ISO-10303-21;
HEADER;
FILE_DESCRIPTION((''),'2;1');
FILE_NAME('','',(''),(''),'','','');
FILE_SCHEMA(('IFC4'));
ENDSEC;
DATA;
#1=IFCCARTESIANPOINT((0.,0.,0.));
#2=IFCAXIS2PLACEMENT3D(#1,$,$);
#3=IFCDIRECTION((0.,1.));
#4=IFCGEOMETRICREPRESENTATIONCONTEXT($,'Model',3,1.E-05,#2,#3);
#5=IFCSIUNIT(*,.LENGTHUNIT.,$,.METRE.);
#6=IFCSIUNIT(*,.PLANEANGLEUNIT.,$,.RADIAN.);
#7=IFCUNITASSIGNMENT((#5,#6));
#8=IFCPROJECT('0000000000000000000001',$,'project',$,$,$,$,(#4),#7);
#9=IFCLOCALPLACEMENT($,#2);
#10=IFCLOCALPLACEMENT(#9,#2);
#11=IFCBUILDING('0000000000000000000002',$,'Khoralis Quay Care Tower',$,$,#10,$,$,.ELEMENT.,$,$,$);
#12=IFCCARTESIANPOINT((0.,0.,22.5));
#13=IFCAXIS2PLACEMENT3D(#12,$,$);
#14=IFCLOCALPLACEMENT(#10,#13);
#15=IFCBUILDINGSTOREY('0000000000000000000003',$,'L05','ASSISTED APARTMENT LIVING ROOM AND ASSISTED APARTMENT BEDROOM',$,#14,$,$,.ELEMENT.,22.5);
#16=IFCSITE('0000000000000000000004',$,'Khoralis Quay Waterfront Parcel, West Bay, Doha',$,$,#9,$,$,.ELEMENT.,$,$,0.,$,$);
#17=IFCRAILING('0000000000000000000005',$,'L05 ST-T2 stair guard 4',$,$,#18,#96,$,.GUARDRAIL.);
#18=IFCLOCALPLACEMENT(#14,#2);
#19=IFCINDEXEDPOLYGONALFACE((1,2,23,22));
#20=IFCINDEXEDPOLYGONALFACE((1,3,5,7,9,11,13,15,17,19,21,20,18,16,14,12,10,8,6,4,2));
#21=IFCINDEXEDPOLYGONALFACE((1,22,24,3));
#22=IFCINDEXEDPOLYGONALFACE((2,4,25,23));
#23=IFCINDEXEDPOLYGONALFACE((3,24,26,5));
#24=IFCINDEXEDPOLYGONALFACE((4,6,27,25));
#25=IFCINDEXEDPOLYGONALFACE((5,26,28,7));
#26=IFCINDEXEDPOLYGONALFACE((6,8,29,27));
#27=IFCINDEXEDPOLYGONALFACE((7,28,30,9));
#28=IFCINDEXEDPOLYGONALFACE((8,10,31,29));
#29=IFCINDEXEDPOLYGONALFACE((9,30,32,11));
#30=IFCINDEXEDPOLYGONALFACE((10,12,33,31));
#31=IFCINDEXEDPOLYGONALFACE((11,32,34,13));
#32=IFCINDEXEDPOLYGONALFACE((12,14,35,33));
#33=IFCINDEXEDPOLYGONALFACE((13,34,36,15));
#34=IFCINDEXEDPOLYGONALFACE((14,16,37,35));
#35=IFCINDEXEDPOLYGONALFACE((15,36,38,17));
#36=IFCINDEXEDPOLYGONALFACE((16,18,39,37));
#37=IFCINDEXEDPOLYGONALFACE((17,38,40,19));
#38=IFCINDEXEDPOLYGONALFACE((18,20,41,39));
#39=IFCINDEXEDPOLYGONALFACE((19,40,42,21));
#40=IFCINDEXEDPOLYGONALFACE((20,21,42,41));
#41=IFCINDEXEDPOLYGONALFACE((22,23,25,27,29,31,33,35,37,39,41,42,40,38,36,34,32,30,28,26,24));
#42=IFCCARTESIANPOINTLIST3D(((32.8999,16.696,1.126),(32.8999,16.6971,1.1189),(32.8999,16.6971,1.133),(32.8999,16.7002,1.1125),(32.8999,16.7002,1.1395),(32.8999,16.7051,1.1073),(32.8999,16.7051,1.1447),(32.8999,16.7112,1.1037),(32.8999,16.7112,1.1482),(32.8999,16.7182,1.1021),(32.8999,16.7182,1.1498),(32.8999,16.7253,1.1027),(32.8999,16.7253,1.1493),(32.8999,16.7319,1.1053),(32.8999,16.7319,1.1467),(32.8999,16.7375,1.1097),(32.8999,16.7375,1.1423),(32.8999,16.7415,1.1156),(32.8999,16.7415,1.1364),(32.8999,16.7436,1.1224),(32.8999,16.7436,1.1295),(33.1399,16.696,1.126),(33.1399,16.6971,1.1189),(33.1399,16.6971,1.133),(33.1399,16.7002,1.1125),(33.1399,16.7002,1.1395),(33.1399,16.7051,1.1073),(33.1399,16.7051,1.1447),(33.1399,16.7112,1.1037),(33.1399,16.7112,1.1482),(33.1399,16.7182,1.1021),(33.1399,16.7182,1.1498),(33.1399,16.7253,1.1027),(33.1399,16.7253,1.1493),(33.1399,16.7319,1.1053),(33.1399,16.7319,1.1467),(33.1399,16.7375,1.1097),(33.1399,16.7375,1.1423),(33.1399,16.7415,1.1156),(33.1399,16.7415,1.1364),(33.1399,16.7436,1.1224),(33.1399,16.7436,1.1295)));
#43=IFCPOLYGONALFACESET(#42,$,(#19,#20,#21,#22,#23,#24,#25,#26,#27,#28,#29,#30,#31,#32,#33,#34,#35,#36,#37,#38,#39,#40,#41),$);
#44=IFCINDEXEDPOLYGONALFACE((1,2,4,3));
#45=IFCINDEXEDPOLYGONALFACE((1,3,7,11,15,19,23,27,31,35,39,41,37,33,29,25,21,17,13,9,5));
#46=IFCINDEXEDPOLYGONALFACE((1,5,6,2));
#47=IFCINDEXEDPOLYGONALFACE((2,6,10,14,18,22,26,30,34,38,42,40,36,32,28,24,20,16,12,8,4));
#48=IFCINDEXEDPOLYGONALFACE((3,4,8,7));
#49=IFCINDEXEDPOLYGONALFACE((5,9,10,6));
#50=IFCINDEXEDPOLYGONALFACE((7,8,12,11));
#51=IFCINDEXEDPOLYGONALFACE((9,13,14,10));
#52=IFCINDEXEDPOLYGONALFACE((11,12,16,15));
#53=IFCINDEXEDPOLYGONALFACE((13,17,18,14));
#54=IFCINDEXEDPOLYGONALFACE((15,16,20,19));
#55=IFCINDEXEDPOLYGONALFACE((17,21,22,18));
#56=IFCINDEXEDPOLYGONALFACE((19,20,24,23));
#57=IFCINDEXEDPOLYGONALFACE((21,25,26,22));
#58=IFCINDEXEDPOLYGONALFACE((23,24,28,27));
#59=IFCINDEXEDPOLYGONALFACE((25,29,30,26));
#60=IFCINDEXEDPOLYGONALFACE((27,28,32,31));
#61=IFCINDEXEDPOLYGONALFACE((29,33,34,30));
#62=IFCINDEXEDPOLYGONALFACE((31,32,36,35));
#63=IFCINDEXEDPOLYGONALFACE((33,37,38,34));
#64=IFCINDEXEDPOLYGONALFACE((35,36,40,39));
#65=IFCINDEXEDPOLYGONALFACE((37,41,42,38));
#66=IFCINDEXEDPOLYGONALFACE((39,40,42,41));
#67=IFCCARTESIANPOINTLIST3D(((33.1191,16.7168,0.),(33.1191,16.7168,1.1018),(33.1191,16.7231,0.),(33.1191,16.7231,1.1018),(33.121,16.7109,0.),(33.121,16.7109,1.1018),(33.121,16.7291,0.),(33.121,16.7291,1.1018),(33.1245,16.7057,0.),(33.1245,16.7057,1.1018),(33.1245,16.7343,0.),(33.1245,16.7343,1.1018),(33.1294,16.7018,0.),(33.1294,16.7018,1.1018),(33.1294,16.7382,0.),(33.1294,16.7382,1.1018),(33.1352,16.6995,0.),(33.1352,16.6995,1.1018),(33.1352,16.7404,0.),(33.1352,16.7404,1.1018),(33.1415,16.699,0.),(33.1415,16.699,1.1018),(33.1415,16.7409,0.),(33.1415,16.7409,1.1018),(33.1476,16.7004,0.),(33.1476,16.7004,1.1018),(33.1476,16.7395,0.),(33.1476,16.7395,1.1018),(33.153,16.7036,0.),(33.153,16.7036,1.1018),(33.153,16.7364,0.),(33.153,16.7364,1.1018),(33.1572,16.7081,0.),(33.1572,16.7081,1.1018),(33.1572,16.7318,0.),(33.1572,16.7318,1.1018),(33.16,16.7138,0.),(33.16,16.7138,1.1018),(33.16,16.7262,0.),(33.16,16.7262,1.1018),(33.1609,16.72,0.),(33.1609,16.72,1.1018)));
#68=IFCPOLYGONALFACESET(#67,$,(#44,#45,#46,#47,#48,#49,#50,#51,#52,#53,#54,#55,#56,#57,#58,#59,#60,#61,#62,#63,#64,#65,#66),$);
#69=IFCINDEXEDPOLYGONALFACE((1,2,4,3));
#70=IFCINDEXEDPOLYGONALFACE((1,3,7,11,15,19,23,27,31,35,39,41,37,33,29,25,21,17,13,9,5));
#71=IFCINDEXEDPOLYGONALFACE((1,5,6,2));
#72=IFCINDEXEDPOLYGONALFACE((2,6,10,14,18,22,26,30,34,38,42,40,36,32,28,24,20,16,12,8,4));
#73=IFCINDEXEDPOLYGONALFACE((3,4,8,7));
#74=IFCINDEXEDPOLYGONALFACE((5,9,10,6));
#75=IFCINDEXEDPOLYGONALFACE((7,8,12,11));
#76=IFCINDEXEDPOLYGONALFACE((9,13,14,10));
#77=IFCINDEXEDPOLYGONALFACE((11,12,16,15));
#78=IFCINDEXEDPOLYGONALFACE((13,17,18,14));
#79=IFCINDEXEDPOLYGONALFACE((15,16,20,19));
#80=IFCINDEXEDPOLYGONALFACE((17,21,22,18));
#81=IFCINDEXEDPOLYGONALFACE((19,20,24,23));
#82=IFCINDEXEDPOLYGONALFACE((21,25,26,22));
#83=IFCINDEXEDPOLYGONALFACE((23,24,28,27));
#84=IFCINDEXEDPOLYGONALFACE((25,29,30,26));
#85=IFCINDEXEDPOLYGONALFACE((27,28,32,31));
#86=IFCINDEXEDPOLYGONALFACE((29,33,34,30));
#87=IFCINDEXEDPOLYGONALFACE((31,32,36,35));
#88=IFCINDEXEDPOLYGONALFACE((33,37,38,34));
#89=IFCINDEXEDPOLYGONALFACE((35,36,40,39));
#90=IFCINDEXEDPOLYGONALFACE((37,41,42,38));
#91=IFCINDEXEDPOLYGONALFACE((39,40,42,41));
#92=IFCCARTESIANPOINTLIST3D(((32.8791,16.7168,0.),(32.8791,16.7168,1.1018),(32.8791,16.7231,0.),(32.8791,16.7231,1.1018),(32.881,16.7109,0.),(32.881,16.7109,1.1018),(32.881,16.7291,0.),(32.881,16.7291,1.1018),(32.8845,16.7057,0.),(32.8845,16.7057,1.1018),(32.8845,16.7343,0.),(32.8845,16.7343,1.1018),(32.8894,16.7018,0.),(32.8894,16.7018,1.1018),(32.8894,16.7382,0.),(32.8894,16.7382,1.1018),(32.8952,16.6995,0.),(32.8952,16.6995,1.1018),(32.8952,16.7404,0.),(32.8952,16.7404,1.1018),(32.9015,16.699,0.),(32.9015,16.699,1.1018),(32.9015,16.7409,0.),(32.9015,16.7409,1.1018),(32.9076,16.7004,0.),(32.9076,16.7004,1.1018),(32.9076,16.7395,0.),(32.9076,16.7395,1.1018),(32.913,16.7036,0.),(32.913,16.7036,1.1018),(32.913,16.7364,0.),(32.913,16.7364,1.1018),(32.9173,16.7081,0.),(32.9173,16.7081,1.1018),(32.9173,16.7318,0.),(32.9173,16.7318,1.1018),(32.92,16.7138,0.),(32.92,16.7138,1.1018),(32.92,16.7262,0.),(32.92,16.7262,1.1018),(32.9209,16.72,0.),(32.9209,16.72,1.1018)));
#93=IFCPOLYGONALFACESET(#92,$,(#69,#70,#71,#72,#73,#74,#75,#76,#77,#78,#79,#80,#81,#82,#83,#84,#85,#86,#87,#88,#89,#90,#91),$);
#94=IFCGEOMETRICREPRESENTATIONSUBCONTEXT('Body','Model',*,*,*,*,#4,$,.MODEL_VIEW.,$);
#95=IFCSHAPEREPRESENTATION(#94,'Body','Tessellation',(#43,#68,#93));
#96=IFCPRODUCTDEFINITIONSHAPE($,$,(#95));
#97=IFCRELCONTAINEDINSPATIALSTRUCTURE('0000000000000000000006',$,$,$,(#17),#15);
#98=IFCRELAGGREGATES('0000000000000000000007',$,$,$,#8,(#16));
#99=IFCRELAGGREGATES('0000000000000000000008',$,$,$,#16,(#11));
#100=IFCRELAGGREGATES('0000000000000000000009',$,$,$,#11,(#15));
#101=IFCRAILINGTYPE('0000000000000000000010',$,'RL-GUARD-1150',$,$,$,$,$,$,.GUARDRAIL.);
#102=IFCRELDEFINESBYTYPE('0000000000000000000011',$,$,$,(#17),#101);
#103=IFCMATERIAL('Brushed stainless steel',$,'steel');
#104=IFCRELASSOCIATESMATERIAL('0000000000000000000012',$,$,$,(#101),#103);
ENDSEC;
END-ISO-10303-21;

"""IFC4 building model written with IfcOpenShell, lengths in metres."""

from ifc_helpers import new_model, si_unit, direction, frame, origin, origin_2d, place, context, subcontext, project, spatial, circle, extrude, material, type_object, element, save


model = new_model("IFC4")

# Units and contexts
model_context = context("Model", 3, precision=1e-05, world=origin(), true_north=direction((0.0, 1.0)))
body_context = subcontext(model_context, "Body", "Model", "MODEL_VIEW")
ifc_project = project(units=[si_unit("LENGTHUNIT", "METRE"), si_unit("PLANEANGLEUNIT", "RADIAN")], contexts=[model_context])

# Site, building, storey
site_placement = place(None, origin())
site = spatial("IfcSite", under=ifc_project, at=site_placement, Name="Khoralis Quay Waterfront Parcel, West Bay, Doha", CompositionType="ELEMENT", RefElevation=0.0)
building_placement = place(site_placement, origin())
building = spatial("IfcBuilding", under=site, at=building_placement, Name="Khoralis Quay Care Tower", CompositionType="ELEMENT")
storey_placement = place(building_placement, frame((0.0, 0.0, 22.5)))
storey = spatial("IfcBuildingStorey", under=building, at=storey_placement, Name="L05", Description="ASSISTED APARTMENT LIVING ROOM AND ASSISTED APARTMENT BEDROOM", CompositionType="ELEMENT", Elevation=22.5)

# Shared definitions
ifc_material_1 = material(Name="Brushed stainless steel", Category="steel")

# Railing
railing_type_1 = type_object("IfcRailingType", Name="RL-GUARD-1150", PredefinedType="GUARDRAIL", material=ifc_material_1)
railing_1_placement = place(storey_placement, frame((33.1399, 16.72, 0.0)))
element("IfcRailing", 1, at=railing_1_placement, inside=storey, type_object=railing_type_1, Name="L05 ST-T2 stair guard 4", PredefinedType="GUARDRAIL", context=body_context, shape_type="SweptSolid", body=[
    extrude(circle(Radius=0.0239, at=origin_2d()), frame((0.0, 0.0, 1.126), z_axis=(-1.0, 0.0, 0.0), x_axis=(0.0, -1.0, 0.0)), (0.0, 0.0, 1.0), 0.24),
    extrude(circle(Radius=0.021, at=origin_2d()), origin(), (0.0, 0.0, 1.0), 1.1018),
    extrude(circle(Radius=0.021, at=origin_2d()), frame((-0.24, 0.0, 0.0)), (0.0, 0.0, 1.0), 1.1018),
])

save(model, "model.ifc")
